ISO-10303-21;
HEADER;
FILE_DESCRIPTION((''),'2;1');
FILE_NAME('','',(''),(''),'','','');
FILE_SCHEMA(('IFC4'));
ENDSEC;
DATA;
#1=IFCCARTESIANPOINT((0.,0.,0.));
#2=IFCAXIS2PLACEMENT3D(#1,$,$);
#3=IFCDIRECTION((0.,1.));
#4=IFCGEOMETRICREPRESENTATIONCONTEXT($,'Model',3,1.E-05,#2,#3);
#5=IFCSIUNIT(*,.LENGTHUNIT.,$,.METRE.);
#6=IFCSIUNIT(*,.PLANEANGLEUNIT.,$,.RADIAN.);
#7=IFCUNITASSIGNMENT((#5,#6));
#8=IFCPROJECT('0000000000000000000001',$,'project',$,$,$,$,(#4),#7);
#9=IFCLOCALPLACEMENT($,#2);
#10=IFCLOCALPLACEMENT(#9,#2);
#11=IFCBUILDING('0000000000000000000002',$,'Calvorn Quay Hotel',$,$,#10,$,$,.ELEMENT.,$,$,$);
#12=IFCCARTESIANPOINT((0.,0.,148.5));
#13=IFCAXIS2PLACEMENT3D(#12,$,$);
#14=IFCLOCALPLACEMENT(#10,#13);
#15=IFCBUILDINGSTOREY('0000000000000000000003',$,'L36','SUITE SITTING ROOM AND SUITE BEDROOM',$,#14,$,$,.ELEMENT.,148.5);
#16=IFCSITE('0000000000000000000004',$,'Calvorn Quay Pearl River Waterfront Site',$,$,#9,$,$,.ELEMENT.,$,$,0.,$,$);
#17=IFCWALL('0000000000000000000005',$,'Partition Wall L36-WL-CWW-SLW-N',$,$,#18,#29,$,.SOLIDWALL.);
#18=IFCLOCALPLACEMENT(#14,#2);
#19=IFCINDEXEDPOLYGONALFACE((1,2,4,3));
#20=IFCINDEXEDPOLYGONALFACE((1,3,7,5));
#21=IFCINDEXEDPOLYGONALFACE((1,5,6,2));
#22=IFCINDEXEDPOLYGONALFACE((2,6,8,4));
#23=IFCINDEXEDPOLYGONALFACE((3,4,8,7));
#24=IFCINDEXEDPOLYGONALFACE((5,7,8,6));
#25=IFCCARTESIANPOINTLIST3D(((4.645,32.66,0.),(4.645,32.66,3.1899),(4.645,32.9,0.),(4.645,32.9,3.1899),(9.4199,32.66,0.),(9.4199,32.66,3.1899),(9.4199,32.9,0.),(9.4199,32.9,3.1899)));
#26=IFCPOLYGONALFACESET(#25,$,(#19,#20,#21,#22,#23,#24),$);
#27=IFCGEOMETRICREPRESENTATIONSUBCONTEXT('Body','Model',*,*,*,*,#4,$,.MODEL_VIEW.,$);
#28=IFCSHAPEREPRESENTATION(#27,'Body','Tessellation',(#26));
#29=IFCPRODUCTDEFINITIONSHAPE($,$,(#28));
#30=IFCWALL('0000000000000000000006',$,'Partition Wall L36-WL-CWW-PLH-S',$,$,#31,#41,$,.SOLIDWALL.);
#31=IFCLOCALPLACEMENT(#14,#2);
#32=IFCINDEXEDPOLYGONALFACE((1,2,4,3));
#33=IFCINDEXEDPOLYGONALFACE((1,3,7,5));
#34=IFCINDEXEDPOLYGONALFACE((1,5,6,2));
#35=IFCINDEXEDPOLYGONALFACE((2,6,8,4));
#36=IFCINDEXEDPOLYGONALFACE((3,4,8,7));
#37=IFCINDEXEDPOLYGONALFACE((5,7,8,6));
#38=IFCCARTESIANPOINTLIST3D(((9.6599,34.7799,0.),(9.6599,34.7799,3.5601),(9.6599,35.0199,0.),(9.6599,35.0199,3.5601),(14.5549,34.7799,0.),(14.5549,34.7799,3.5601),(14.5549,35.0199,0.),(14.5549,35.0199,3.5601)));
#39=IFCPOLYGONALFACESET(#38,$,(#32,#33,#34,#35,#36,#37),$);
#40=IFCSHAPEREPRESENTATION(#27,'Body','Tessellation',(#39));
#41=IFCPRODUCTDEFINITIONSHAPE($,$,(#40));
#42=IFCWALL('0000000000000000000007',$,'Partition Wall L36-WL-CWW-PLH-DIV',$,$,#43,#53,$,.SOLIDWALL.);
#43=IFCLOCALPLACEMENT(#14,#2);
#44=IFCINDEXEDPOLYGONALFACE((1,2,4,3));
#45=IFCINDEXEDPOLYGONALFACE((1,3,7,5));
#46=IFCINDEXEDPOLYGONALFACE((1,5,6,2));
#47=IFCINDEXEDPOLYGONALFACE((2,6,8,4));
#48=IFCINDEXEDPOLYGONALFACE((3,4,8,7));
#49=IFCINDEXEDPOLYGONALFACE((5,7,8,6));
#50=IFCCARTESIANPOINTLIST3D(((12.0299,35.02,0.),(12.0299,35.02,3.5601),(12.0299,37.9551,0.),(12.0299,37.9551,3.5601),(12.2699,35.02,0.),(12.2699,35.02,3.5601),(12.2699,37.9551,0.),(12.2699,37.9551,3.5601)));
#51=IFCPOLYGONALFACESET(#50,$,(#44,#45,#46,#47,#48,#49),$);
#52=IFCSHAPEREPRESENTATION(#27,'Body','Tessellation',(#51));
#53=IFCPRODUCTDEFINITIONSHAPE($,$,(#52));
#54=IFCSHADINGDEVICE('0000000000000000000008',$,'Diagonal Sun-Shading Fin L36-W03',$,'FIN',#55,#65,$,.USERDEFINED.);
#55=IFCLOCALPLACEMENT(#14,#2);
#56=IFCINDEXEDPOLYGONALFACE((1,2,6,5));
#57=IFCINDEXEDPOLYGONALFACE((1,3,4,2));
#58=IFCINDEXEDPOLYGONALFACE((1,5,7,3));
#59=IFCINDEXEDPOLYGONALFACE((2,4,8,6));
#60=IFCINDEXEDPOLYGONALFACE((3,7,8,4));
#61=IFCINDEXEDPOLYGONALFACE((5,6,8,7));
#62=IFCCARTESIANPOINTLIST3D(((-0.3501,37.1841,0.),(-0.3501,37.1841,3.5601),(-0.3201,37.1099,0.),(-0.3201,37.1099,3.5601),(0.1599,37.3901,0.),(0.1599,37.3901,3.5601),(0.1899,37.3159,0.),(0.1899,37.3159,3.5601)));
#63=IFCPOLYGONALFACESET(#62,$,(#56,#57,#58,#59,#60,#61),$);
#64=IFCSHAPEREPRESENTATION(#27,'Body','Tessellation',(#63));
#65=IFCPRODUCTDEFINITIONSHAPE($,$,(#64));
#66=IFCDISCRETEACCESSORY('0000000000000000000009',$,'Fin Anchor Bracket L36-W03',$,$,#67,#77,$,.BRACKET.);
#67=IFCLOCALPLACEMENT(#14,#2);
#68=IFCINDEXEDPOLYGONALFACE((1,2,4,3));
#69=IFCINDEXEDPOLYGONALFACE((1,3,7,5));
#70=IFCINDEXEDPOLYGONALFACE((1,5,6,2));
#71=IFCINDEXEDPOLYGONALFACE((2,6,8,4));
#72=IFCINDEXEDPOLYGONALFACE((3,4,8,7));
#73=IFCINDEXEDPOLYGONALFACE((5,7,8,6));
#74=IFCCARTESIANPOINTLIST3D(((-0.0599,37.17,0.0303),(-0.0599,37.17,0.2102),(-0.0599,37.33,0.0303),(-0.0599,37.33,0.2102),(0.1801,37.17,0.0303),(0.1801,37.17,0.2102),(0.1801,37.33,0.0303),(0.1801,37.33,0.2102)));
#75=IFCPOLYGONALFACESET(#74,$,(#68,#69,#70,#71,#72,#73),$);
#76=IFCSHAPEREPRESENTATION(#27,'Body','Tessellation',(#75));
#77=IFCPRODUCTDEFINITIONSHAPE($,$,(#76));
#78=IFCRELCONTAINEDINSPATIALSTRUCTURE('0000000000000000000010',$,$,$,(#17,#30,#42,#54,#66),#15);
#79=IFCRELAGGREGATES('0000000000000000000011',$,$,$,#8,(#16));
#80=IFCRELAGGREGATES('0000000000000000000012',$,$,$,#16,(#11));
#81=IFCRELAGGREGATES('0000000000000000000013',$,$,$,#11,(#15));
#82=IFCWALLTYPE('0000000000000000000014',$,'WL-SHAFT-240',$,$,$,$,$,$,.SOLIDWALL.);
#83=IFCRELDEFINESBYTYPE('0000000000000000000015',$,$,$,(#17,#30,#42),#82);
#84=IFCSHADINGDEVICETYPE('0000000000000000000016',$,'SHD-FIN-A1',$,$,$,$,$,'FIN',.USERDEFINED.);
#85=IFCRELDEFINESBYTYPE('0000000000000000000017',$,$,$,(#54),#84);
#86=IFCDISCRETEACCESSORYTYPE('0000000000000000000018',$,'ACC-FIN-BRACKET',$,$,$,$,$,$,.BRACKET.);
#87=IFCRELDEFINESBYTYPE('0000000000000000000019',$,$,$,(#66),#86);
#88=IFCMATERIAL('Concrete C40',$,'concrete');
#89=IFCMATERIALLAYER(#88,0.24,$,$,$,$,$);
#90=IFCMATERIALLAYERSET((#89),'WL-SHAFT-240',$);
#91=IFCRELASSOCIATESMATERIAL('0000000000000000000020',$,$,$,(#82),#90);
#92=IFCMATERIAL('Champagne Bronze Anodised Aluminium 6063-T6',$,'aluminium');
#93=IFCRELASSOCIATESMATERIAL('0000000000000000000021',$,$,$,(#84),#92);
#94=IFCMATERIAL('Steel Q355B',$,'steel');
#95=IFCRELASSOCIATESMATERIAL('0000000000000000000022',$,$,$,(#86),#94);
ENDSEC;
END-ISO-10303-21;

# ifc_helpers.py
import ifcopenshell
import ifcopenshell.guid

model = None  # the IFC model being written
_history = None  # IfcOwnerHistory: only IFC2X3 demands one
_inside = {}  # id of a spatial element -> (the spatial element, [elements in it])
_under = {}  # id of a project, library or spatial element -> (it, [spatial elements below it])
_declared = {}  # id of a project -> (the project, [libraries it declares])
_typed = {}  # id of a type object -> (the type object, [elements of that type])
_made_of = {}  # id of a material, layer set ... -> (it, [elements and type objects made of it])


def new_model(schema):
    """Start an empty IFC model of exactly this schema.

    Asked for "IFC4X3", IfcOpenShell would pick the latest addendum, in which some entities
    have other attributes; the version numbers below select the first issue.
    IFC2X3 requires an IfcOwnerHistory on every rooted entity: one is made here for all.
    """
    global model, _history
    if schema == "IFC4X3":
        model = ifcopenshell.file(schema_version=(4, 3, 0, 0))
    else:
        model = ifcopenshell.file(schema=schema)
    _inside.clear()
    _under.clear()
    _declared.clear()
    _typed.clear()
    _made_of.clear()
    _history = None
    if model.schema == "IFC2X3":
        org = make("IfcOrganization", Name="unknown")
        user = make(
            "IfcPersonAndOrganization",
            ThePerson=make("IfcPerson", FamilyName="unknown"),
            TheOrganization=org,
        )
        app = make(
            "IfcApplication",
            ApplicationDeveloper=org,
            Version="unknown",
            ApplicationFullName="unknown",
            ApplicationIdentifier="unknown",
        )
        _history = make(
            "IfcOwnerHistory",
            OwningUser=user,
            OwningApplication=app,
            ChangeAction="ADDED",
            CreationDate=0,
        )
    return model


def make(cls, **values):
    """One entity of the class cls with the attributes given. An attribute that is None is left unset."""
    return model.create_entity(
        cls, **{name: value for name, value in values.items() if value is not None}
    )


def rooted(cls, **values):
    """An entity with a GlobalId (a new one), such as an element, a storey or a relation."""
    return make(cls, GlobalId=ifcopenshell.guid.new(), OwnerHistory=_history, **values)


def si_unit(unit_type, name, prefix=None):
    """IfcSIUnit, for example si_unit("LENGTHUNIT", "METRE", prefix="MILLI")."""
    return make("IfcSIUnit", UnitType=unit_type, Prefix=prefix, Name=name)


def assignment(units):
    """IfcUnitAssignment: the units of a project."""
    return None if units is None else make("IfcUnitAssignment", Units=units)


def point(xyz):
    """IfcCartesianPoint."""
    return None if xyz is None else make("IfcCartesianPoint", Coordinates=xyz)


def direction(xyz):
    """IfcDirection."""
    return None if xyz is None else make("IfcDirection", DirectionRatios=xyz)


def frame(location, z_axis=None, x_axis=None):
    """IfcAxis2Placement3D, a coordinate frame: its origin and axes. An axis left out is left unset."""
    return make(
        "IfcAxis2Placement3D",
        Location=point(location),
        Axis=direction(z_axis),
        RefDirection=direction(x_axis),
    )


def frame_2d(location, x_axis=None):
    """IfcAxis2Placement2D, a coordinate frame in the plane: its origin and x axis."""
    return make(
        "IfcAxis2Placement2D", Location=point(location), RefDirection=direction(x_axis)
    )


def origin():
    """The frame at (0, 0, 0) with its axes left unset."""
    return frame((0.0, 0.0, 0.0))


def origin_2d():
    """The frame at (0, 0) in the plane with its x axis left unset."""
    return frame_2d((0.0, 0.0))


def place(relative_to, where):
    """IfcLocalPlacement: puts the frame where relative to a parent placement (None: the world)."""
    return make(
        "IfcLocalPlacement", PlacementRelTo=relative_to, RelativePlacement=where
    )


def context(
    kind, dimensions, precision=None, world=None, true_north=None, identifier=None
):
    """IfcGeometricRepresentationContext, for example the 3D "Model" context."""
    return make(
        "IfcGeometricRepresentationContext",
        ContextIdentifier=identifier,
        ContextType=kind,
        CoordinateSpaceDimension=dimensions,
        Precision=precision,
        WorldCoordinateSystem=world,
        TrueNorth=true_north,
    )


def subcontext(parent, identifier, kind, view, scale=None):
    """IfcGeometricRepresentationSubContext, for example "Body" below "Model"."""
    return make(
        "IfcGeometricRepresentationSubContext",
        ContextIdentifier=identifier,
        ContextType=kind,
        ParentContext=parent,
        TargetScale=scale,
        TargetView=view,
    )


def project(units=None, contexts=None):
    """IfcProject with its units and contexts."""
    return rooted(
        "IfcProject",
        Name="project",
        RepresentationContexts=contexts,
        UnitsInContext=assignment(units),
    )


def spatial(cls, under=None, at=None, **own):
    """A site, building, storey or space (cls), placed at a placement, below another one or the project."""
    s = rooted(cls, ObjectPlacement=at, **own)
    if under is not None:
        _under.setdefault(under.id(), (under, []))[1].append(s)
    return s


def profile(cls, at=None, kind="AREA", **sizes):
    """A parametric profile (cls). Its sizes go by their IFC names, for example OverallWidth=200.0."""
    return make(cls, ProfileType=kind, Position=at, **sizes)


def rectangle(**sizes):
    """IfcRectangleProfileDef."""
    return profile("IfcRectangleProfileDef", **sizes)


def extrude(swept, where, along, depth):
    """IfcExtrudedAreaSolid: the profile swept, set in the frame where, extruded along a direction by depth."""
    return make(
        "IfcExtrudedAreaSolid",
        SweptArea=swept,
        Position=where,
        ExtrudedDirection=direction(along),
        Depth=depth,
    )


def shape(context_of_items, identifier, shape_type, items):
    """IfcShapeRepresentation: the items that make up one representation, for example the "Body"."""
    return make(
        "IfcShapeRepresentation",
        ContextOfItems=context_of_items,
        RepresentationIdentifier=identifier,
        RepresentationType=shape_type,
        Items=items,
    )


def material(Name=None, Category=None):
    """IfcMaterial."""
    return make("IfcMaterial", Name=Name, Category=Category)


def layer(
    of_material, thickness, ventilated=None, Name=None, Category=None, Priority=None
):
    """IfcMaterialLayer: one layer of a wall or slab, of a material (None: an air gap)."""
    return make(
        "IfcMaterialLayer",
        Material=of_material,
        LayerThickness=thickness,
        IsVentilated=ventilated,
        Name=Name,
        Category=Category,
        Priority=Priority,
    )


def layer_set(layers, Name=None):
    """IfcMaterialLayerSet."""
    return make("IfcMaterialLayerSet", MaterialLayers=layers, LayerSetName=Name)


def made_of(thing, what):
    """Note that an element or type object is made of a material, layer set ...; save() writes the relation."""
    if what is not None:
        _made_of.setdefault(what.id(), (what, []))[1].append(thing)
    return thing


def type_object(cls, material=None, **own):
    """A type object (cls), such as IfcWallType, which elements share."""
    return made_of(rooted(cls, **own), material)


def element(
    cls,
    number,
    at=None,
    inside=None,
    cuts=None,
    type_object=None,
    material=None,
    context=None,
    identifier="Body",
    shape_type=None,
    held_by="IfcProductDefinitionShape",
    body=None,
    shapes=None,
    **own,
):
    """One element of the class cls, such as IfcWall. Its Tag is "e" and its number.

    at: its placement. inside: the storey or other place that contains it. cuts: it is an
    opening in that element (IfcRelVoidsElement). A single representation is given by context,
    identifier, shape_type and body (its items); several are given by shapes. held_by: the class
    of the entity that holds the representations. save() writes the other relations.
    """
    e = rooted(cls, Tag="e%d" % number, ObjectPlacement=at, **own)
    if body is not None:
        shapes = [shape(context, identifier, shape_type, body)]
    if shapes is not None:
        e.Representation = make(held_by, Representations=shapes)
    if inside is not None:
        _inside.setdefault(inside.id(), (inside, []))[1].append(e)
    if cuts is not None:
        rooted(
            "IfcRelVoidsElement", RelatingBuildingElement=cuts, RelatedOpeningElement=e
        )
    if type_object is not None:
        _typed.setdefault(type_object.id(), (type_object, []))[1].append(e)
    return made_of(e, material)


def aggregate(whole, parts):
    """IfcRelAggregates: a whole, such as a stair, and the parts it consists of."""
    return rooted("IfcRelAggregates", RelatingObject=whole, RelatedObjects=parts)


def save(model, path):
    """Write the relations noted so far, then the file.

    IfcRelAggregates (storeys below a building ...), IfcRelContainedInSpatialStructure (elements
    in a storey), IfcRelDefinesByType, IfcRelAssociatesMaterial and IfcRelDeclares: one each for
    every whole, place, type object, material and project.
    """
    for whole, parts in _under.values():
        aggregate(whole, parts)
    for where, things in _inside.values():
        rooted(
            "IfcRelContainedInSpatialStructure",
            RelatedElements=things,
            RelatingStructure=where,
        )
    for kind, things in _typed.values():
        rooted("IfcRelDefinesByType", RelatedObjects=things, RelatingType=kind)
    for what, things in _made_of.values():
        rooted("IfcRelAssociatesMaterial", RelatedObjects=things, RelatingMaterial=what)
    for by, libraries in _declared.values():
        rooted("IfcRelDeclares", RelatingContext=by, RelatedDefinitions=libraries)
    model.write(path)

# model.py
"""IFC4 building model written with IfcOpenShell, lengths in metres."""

from ifc_helpers import new_model, si_unit, direction, frame, frame_2d, origin, origin_2d, place, context, subcontext, project, spatial, rectangle, extrude, material, layer, layer_set, type_object, element, save


model = new_model("IFC4")

# Units and contexts
model_context = context("Model", 3, precision=1e-05, world=origin(), true_north=direction((0.0, 1.0)))
body_context = subcontext(model_context, "Body", "Model", "MODEL_VIEW")
ifc_project = project(units=[si_unit("LENGTHUNIT", "METRE"), si_unit("PLANEANGLEUNIT", "RADIAN")], contexts=[model_context])

# Site, building, storey
site_placement = place(None, origin())
site = spatial("IfcSite", under=ifc_project, at=site_placement, Name="Calvorn Quay Pearl River Waterfront Site", CompositionType="ELEMENT", RefElevation=0.0)
building_placement = place(site_placement, origin())
building = spatial("IfcBuilding", under=site, at=building_placement, Name="Calvorn Quay Hotel", CompositionType="ELEMENT")
storey_placement = place(building_placement, frame((0.0, 0.0, 148.5)))
storey = spatial("IfcBuildingStorey", under=building, at=storey_placement, Name="L36", Description="SUITE SITTING ROOM AND SUITE BEDROOM", CompositionType="ELEMENT", Elevation=148.5)

# Walls
ifc_material_1 = material(Name="Concrete C40", Category="concrete")
ifc_layer_1 = layer(ifc_material_1, 0.24)
ifc_layer_set_1 = layer_set([ifc_layer_1], Name="WL-SHAFT-240")
wall_type_1 = type_object("IfcWallType", Name="WL-SHAFT-240", PredefinedType="SOLIDWALL", material=ifc_layer_set_1)
wall_1_placement = place(storey_placement, frame((4.645, 32.78, 0.0), z_axis=(0.0, 0.0, 1.0), x_axis=(1.0, 0.0, 0.0)))
element("IfcWall", 1, at=wall_1_placement, inside=storey, type_object=wall_type_1, Name="Partition Wall L36-WL-CWW-SLW-N", PredefinedType="SOLIDWALL", context=body_context, shape_type="SweptSolid", body=[
    extrude(rectangle(XDim=4.7749, YDim=0.24, at=frame_2d((2.3875, 0.0))), origin(), (0.0, 0.0, 1.0), 3.1899),
])
wall_2_placement = place(storey_placement, frame((9.6599, 34.8999, 0.0), z_axis=(0.0, 0.0, 1.0), x_axis=(1.0, 0.0, 0.0)))
element("IfcWall", 2, at=wall_2_placement, inside=storey, type_object=wall_type_1, Name="Partition Wall L36-WL-CWW-PLH-S", PredefinedType="SOLIDWALL", context=body_context, shape_type="SweptSolid", body=[
    extrude(rectangle(XDim=4.895, YDim=0.24, at=frame_2d((2.4475, 0.0))), origin(), (0.0, 0.0, 1.0), 3.5601),
])
wall_3_placement = place(storey_placement, frame((12.1499, 35.02, 0.0), z_axis=(0.0, 0.0, 1.0), x_axis=(0.0, 1.0, 0.0)))
element("IfcWall", 3, at=wall_3_placement, inside=storey, type_object=wall_type_1, Name="Partition Wall L36-WL-CWW-PLH-DIV", PredefinedType="SOLIDWALL", context=body_context, shape_type="SweptSolid", body=[
    extrude(rectangle(XDim=2.9351, YDim=0.24, at=frame_2d((1.4675, 0.0))), origin(), (0.0, 0.0, 1.0), 3.5601),
])

# Shading device
ifc_material_2 = material(Name="Champagne Bronze Anodised Aluminium 6063-T6", Category="aluminium")
shading_device_type = type_object("IfcShadingDeviceType", Name="SHD-FIN-A1", ElementType="FIN", PredefinedType="USERDEFINED", material=ifc_material_2)
shading_device_placement = place(storey_placement, frame((-0.0801, 37.25, 0.0), z_axis=(0.0, 0.0, 1.0), x_axis=(0.927184, 0.374607, 0.0)))
element("IfcShadingDevice", 4, at=shading_device_placement, inside=storey, type_object=shading_device_type, Name="Diagonal Sun-Shading Fin L36-W03", ObjectType="FIN", PredefinedType="USERDEFINED", context=body_context, shape_type="SweptSolid", body=[
    extrude(rectangle(XDim=0.55, YDim=0.0801, at=origin_2d()), origin(), (0.0, 0.0, 1.0), 3.5601),
])

# Discrete accessory
ifc_material_3 = material(Name="Steel Q355B", Category="steel")
discrete_accessory_type = type_object("IfcDiscreteAccessoryType", Name="ACC-FIN-BRACKET", PredefinedType="BRACKET", material=ifc_material_3)
discrete_accessory_placement = place(storey_placement, frame((0.0601, 37.25, 0.0303), z_axis=(0.0, 0.0, 1.0), x_axis=(1.0, 0.0, 0.0)))
element("IfcDiscreteAccessory", 5, at=discrete_accessory_placement, inside=storey, type_object=discrete_accessory_type, Name="Fin Anchor Bracket L36-W03", PredefinedType="BRACKET", context=body_context, shape_type="SweptSolid", body=[
    extrude(rectangle(XDim=0.24, YDim=0.1599, at=origin_2d()), origin(), (0.0, 0.0, 1.0), 0.1799),
])

save(model, "model.ifc")
